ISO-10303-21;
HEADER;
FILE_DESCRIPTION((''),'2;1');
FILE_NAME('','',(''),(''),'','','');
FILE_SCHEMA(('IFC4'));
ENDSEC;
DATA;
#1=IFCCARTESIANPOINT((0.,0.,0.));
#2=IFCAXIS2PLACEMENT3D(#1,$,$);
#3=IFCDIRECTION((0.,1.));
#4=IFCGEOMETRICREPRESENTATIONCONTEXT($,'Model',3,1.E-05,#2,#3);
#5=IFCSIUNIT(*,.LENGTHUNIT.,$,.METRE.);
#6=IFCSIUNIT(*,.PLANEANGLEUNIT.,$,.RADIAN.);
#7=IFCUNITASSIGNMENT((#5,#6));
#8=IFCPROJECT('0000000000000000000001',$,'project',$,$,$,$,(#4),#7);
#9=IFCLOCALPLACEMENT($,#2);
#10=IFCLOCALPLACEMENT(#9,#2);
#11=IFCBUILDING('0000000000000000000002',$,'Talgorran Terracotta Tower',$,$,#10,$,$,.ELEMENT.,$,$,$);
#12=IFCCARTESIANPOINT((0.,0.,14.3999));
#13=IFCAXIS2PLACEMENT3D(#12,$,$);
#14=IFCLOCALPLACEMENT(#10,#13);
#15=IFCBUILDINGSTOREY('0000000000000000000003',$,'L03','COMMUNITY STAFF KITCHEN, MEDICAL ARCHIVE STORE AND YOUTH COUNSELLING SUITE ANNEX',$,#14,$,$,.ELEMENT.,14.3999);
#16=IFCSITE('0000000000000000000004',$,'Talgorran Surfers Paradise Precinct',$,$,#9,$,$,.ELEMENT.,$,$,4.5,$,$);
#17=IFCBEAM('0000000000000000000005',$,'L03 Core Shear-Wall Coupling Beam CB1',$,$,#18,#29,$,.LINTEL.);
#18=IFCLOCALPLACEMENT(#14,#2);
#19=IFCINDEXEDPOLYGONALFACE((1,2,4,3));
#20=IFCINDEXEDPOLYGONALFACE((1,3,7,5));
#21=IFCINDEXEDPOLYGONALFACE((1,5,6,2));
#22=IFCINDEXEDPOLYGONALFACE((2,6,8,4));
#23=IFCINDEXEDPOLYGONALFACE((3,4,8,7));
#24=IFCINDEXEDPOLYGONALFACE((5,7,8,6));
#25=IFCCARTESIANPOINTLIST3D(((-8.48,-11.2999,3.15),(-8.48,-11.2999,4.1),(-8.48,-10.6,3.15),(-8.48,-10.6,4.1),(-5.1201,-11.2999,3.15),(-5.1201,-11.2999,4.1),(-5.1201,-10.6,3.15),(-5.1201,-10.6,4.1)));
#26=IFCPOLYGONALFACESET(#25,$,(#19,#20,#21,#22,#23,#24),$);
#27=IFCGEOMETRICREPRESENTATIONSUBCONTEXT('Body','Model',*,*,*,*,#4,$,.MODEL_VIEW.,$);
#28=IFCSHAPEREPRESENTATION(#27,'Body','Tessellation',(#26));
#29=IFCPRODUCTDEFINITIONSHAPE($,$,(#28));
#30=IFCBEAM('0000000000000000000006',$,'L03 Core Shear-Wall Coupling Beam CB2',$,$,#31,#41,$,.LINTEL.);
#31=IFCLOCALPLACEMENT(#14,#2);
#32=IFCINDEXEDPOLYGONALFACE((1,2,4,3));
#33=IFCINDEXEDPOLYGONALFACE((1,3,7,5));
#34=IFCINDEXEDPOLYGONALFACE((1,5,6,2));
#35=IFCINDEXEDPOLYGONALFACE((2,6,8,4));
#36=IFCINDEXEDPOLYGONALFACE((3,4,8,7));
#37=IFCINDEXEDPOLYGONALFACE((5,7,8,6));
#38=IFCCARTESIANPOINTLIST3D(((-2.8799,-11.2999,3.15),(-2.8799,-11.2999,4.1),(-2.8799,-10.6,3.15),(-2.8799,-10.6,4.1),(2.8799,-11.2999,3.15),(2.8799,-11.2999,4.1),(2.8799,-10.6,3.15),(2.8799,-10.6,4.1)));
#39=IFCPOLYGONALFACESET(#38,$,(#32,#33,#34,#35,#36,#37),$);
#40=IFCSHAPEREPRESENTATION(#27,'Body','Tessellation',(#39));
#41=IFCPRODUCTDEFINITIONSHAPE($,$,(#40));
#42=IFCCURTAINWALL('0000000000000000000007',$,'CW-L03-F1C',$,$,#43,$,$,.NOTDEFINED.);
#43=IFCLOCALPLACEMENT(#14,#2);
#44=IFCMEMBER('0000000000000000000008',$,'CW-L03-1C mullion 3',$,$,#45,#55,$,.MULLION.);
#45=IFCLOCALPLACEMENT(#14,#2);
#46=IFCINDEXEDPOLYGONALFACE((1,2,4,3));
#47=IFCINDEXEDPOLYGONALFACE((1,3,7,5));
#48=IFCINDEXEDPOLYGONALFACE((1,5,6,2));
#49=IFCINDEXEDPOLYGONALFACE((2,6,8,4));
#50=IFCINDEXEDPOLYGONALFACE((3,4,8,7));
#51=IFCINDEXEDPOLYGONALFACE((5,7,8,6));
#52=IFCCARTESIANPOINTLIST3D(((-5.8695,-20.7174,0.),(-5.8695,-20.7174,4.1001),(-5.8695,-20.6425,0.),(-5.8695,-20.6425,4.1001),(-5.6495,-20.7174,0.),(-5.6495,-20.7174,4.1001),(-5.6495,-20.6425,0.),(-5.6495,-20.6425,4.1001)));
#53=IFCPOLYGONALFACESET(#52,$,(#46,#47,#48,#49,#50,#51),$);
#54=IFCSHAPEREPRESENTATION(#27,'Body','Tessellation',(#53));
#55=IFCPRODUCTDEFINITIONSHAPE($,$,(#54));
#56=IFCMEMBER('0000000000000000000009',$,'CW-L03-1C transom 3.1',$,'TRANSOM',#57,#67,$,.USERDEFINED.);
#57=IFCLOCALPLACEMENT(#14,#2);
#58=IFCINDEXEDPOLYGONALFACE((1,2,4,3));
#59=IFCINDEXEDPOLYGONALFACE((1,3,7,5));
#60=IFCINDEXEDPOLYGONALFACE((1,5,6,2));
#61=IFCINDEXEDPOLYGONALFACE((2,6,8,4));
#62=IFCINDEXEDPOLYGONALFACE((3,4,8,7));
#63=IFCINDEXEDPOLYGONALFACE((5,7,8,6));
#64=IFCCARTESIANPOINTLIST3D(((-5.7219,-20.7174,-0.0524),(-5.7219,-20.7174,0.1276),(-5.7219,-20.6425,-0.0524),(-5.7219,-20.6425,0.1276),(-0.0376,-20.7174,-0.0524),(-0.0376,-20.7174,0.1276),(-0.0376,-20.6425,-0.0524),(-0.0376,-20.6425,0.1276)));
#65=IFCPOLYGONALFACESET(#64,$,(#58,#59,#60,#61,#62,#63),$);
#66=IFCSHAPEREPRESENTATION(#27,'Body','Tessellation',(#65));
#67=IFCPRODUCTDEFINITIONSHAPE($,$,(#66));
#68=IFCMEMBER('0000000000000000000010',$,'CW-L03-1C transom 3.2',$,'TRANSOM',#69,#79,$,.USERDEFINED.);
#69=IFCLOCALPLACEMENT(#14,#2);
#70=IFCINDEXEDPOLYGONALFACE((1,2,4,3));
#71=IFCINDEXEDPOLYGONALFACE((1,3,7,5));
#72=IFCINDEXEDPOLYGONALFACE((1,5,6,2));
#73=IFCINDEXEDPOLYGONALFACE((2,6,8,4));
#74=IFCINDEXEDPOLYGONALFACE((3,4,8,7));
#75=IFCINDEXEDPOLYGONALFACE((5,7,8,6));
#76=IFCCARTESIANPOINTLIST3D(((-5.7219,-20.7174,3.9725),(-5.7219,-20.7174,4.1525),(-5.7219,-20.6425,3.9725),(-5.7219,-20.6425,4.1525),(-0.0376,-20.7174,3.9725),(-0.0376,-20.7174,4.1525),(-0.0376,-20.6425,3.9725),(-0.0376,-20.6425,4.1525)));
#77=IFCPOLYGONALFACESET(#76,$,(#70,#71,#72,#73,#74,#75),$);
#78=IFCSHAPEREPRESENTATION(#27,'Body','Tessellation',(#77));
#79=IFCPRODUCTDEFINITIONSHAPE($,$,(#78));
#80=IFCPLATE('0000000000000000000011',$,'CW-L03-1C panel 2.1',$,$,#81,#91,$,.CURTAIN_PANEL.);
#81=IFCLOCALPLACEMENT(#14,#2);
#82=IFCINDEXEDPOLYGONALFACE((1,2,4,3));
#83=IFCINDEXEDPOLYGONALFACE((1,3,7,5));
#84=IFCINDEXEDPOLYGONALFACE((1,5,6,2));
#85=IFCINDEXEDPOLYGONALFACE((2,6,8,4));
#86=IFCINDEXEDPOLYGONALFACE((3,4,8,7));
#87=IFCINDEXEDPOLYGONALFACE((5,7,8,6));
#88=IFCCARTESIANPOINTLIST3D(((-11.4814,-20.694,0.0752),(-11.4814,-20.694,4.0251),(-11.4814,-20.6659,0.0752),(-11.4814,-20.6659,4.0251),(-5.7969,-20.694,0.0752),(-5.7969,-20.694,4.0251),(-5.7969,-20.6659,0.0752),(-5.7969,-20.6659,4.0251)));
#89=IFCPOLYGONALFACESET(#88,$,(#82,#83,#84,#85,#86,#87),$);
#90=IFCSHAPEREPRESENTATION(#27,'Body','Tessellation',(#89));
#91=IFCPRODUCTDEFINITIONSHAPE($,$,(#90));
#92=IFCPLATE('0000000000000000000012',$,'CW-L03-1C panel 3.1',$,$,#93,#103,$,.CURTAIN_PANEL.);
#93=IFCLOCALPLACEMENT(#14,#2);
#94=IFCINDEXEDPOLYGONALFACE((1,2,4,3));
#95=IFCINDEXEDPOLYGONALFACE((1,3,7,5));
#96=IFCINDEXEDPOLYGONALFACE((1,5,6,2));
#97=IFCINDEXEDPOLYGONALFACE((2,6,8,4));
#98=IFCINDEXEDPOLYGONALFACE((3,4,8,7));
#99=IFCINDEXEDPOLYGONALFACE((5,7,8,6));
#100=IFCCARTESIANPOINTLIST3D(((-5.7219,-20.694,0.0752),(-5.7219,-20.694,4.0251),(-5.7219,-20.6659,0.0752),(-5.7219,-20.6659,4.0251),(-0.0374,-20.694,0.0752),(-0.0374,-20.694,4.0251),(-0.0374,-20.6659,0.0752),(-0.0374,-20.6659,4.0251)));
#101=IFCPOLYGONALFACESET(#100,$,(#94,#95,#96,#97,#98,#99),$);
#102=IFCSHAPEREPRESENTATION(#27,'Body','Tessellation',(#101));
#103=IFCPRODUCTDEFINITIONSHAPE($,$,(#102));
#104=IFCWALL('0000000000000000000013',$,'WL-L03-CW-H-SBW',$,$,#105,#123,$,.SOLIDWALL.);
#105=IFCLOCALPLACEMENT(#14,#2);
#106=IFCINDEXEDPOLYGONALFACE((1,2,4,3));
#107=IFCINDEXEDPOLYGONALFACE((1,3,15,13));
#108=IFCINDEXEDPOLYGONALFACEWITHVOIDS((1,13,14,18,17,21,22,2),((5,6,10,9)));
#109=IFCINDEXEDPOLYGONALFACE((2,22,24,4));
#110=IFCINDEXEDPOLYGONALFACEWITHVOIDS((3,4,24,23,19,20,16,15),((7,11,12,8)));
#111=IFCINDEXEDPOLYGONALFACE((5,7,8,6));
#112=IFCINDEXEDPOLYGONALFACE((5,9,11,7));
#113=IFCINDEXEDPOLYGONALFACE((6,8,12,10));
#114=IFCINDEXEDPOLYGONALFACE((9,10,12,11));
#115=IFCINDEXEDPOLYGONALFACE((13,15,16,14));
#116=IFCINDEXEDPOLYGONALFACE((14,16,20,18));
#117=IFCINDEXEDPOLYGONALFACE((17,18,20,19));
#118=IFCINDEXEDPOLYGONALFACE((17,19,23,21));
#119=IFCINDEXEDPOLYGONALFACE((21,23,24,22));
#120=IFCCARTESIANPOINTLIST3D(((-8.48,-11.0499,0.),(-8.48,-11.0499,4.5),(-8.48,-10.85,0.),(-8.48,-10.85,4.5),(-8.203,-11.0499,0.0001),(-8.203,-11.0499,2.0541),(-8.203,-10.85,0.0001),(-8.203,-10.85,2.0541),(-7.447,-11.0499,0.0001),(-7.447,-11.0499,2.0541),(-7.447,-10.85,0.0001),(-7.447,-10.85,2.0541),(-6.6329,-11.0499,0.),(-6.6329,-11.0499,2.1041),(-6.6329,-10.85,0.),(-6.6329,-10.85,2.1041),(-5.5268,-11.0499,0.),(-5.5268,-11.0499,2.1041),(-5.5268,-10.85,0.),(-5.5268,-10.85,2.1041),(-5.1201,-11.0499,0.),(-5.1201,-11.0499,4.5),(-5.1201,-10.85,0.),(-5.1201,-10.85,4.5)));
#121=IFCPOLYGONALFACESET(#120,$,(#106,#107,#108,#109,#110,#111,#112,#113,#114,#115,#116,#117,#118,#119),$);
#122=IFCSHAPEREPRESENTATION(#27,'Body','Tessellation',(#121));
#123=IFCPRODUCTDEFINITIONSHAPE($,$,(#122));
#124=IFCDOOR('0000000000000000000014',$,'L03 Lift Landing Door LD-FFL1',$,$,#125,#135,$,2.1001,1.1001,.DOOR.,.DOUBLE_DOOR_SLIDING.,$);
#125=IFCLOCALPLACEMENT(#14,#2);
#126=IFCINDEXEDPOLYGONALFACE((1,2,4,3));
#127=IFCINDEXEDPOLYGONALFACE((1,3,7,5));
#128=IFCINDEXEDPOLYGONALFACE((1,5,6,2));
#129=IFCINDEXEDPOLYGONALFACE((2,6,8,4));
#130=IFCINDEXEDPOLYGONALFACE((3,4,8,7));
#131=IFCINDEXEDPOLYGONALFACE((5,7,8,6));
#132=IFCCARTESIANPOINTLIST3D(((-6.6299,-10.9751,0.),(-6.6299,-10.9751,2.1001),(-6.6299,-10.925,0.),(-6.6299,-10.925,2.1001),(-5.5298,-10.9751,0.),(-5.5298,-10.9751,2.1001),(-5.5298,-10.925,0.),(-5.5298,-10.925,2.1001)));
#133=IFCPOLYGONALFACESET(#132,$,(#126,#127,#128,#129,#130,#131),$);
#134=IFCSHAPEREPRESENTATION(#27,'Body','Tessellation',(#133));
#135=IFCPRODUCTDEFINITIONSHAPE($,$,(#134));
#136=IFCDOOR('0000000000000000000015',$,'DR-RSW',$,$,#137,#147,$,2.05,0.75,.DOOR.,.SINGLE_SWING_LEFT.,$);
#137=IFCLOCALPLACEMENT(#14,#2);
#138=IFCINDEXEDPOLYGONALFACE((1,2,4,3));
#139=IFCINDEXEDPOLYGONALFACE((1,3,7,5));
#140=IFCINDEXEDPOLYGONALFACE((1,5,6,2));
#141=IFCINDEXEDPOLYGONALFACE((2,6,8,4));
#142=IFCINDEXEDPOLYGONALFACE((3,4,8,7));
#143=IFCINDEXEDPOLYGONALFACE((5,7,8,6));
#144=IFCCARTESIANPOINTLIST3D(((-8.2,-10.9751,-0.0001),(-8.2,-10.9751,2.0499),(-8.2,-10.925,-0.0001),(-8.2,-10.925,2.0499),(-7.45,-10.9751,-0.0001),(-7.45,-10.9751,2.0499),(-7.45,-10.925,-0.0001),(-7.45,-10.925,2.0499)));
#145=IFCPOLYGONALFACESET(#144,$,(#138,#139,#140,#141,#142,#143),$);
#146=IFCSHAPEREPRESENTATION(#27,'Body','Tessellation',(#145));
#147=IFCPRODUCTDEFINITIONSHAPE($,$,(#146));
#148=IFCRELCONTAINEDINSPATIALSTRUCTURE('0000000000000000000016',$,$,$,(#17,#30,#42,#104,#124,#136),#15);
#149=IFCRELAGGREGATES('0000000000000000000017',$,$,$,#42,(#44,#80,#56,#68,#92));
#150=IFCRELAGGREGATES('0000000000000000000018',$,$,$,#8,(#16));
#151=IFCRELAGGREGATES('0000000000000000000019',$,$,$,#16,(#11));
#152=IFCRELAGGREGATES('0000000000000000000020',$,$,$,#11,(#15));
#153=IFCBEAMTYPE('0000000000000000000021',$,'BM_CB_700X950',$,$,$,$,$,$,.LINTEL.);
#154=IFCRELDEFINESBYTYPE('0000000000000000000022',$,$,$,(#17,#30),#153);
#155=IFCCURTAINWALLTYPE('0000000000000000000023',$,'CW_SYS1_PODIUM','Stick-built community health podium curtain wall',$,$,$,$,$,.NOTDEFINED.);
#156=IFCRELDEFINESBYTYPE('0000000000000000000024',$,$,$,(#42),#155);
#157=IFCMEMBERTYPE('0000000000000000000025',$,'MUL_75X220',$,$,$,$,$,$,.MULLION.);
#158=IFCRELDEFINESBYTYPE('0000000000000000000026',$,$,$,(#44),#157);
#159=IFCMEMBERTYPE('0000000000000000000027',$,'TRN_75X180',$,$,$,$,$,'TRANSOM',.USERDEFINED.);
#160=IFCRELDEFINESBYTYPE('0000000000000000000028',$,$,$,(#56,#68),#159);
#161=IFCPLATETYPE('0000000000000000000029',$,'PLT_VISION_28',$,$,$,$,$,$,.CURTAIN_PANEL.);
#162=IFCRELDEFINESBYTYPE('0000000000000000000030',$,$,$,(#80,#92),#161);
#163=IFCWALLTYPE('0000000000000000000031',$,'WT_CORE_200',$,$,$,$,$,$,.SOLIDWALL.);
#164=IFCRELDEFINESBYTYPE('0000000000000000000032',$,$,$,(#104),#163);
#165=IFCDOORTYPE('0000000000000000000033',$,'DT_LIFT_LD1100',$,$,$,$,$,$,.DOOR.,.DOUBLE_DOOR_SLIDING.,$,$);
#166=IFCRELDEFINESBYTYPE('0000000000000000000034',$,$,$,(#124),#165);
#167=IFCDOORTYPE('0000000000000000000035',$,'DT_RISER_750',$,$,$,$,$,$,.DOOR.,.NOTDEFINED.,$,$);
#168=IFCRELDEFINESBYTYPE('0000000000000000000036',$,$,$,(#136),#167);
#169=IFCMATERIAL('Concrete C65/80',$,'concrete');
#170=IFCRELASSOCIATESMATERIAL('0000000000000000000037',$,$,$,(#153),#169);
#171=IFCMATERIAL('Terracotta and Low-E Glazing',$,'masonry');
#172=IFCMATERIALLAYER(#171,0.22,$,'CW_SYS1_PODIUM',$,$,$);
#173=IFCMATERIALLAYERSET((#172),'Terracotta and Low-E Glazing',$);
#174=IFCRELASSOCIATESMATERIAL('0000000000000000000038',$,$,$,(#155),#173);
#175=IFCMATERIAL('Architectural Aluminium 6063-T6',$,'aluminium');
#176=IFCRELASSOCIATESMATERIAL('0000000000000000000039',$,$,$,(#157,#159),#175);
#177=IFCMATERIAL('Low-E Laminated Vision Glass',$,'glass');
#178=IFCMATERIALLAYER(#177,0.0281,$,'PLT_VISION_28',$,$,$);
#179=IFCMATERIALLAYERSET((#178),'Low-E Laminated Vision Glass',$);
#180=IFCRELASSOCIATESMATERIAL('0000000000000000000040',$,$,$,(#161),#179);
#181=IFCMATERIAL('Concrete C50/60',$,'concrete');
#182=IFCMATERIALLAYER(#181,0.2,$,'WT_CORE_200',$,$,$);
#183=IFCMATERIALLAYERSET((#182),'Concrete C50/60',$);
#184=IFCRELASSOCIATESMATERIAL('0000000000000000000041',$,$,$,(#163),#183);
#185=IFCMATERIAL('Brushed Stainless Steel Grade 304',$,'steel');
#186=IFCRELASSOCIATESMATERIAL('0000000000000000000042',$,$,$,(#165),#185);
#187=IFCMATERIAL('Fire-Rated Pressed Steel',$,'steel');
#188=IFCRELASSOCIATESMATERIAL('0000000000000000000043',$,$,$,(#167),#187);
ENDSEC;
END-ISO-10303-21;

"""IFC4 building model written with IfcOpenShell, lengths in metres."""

from ifc_helpers import new_model, si_unit, direction, frame, frame_2d, origin, origin_2d, place, context, subcontext, project, spatial, rectangle, extrude, source, transform, mapped, material, layer, layer_set, material_profile, profile_set, type_object, type_shapes, element, fill, aggregate, save


model = new_model("IFC4")

# Units and contexts
model_context = context("Model", 3, precision=1e-05, world=origin(), true_north=direction((0.0, 1.0)))
body_context = subcontext(model_context, "Body", "Model", "MODEL_VIEW")
ifc_project = project(units=[si_unit("LENGTHUNIT", "METRE"), si_unit("PLANEANGLEUNIT", "RADIAN")], contexts=[model_context])

# Site, building, storey
site_placement = place(None, origin())
site = spatial("IfcSite", under=ifc_project, at=site_placement, Name="Talgorran Surfers Paradise Precinct", CompositionType="ELEMENT", RefElevation=4.5)
building_placement = place(site_placement, origin())
building = spatial("IfcBuilding", under=site, at=building_placement, Name="Talgorran Terracotta Tower", CompositionType="ELEMENT")
storey_placement = place(building_placement, frame((0.0, 0.0, 14.3999)))
storey = spatial("IfcBuildingStorey", under=building, at=storey_placement, Name="L03", Description="COMMUNITY STAFF KITCHEN, MEDICAL ARCHIVE STORE AND YOUTH COUNSELLING SUITE ANNEX", CompositionType="ELEMENT", Elevation=14.3999)

# Beams
ifc_material_1 = material(Name="Concrete C65/80", Category="concrete")
ifc_material_profile_1 = material_profile(ifc_material_1, rectangle(XDim=0.7, YDim=0.95, at=origin_2d()), Name="RCCB700X950")
ifc_profile_set_1 = profile_set([ifc_material_profile_1], Name="Concrete C65/80")
beam_type = type_object("IfcBeamType", Name="BM_CB_700X950", PredefinedType="LINTEL", material=ifc_profile_set_1)
beam_1_placement = place(storey_placement, frame((-8.48, -10.95, 3.625), z_axis=(1.0, 0.0, 0.0), x_axis=(0.0, 1.0, 0.0)))
element("IfcBeam", 1, at=beam_1_placement, inside=storey, type_object=beam_type, Name="L03 Core Shear-Wall Coupling Beam CB1", PredefinedType="LINTEL", context=body_context, shape_type="SweptSolid", body=[
    extrude(rectangle(XDim=0.7, YDim=0.95, at=origin_2d()), origin(), (0.0, 0.0, 1.0), 3.3599),
])
beam_2_placement = place(storey_placement, frame((-2.8799, -10.95, 3.625), z_axis=(1.0, 0.0, 0.0), x_axis=(0.0, 1.0, 0.0)))
element("IfcBeam", 2, at=beam_2_placement, inside=storey, type_object=beam_type, Name="L03 Core Shear-Wall Coupling Beam CB2", PredefinedType="LINTEL", context=body_context, shape_type="SweptSolid", body=[
    extrude(rectangle(XDim=0.7, YDim=0.95, at=origin_2d()), origin(), (0.0, 0.0, 1.0), 5.7598),
])

# Curtain wall, members, plates
ifc_material_2 = material(Name="Terracotta and Low-E Glazing", Category="masonry")
ifc_layer_1 = layer(ifc_material_2, 0.22, Name="CW_SYS1_PODIUM")
ifc_layer_set_1 = layer_set([ifc_layer_1], Name="Terracotta and Low-E Glazing")
curtain_wall_type = type_object("IfcCurtainWallType", Name="CW_SYS1_PODIUM", Description="Stick-built community health podium curtain wall", PredefinedType="NOTDEFINED", material=ifc_layer_set_1)
curtain_wall_placement = place(storey_placement, origin())
curtain_wall = element("IfcCurtainWall", 3, at=curtain_wall_placement, inside=storey, type_object=curtain_wall_type, Name="CW-L03-F1C", PredefinedType="NOTDEFINED")
ifc_material_3 = material(Name="Architectural Aluminium 6063-T6", Category="aluminium")
ifc_material_profile_2 = material_profile(ifc_material_3, rectangle(XDim=0.075, YDim=0.22, at=origin_2d()), Name="CWM75X220")
ifc_profile_set_2 = profile_set([ifc_material_profile_2], Name="Architectural Aluminium 6063-T6")
member_type_1 = type_object("IfcMemberType", Name="MUL_75X220", PredefinedType="MULLION", material=ifc_profile_set_2)
member_1_placement = place(storey_placement, frame((-5.7595, -20.6799, 0.0), z_axis=(0.0, 0.0, 1.0), x_axis=(0.0, 1.0, 0.0)))
member_1 = element("IfcMember", 4, at=member_1_placement, type_object=member_type_1, Name="CW-L03-1C mullion 3", PredefinedType="MULLION", context=body_context, shape_type="SweptSolid", body=[
    extrude(rectangle(XDim=0.075, YDim=0.22, at=origin_2d()), origin(), (0.0, 0.0, 1.0), 4.1001),
])
ifc_material_profile_3 = material_profile(ifc_material_3, rectangle(XDim=0.075, YDim=0.1799, at=origin_2d()), Name="CWT75X180")
ifc_profile_set_3 = profile_set([ifc_material_profile_3], Name="Architectural Aluminium 6063-T6")
member_type_2 = type_object("IfcMemberType", Name="TRN_75X180", ElementType="TRANSOM", PredefinedType="USERDEFINED", material=ifc_profile_set_3)
member_2_placement = place(storey_placement, frame((-5.7219, -20.6799, 0.0376), z_axis=(1.0, 0.0, 0.0), x_axis=(0.0, 1.0, 0.0)))
member_2 = element("IfcMember", 5, at=member_2_placement, type_object=member_type_2, Name="CW-L03-1C transom 3.1", ObjectType="TRANSOM", PredefinedType="USERDEFINED", context=body_context, shape_type="SweptSolid", body=[
    extrude(rectangle(XDim=0.075, YDim=0.1799, at=origin_2d()), origin(), (0.0, 0.0, 1.0), 5.6843),
])
member_3_placement = place(storey_placement, frame((-5.7219, -20.6799, 4.0625), z_axis=(1.0, 0.0, 0.0), x_axis=(0.0, 1.0, 0.0)))
member_3 = element("IfcMember", 6, at=member_3_placement, type_object=member_type_2, Name="CW-L03-1C transom 3.2", ObjectType="TRANSOM", PredefinedType="USERDEFINED", context=body_context, shape_type="SweptSolid", body=[
    extrude(rectangle(XDim=0.075, YDim=0.1799, at=origin_2d()), origin(), (0.0, 0.0, 1.0), 5.6843),
])
ifc_material_4 = material(Name="Low-E Laminated Vision Glass", Category="glass")
ifc_layer_2 = layer(ifc_material_4, 0.0281, Name="PLT_VISION_28")
ifc_layer_set_2 = layer_set([ifc_layer_2], Name="Low-E Laminated Vision Glass")
plate_type = type_object("IfcPlateType", Name="PLT_VISION_28", PredefinedType="CURTAIN_PANEL", material=ifc_layer_set_2)
shared_shape = source(origin(), body_context, "Body", "SweptSolid", [
    extrude(rectangle(XDim=5.6846, YDim=0.0281, at=origin_2d()), origin(), (0.0, 0.0, 1.0), 3.95),
])
type_shapes(plate_type, [shared_shape])
plate_1_placement = place(storey_placement, frame((-8.6392, -20.6799, 0.0752), z_axis=(0.0, 0.0, 1.0), x_axis=(1.0, 0.0, 0.0)))
plate_1 = element("IfcPlate", 7, at=plate_1_placement, type_object=plate_type, Name="CW-L03-1C panel 2.1", PredefinedType="CURTAIN_PANEL", context=body_context, shape_type="MappedRepresentation", body=[
    mapped(shared_shape, transform((0.0, 0.0, 0.0), scale=1.0)),
])
plate_2_placement = place(storey_placement, frame((-2.8796, -20.6799, 0.0752), z_axis=(0.0, 0.0, 1.0), x_axis=(1.0, 0.0, 0.0)))
plate_2 = element("IfcPlate", 8, at=plate_2_placement, type_object=plate_type, Name="CW-L03-1C panel 3.1", PredefinedType="CURTAIN_PANEL", context=body_context, shape_type="MappedRepresentation", body=[
    mapped(shared_shape, transform((0.0, 0.0, 0.0), scale=1.0)),
])
aggregate(curtain_wall, [member_1, plate_1, member_2, member_3, plate_2])

# Wall, openings, doors
ifc_material_5 = material(Name="Concrete C50/60", Category="concrete")
ifc_layer_3 = layer(ifc_material_5, 0.2, Name="WT_CORE_200")
ifc_layer_set_3 = layer_set([ifc_layer_3], Name="Concrete C50/60")
wall_type_1 = type_object("IfcWallType", Name="WT_CORE_200", PredefinedType="SOLIDWALL", material=ifc_layer_set_3)
wall_1_placement = place(storey_placement, frame((-8.48, -10.95, 0.0), z_axis=(0.0, 0.0, 1.0), x_axis=(1.0, 0.0, 0.0)))
wall_1 = element("IfcWall", 9, at=wall_1_placement, inside=storey, type_object=wall_type_1, Name="WL-L03-CW-H-SBW", PredefinedType="SOLIDWALL", context=body_context, shape_type="SweptSolid", body=[
    extrude(rectangle(XDim=3.3599, YDim=0.2, at=frame_2d((1.6799, 0.0))), origin(), (0.0, 0.0, 1.0), 4.5),
])
opening_1_placement = place(wall_1_placement, frame((0.28, 0.0, 0.0)))
opening_1 = element("IfcOpeningElement", 10, at=opening_1_placement, cuts=wall_1, PredefinedType="OPENING", context=body_context, shape_type="SweptSolid", body=[
    extrude(rectangle(XDim=0.756, YDim=2.054, at=frame_2d((0.375, 1.0271))), frame((0.0, 0.1099, 0.0), z_axis=(0.0, -1.0, 0.0), x_axis=(1.0, 0.0, 0.0)), (0.0, 0.0, 1.0), 0.22),
])
opening_2_placement = place(wall_1_placement, frame((1.8501, 0.0, 0.0)))
opening_2 = element("IfcOpeningElement", 11, at=opening_2_placement, cuts=wall_1, PredefinedType="OPENING", context=body_context, shape_type="SweptSolid", body=[
    extrude(rectangle(XDim=1.1061, YDim=2.1041, at=frame_2d((0.55, 1.052))), frame((0.0, 0.1099, 0.0), z_axis=(0.0, -1.0, 0.0), x_axis=(1.0, 0.0, 0.0)), (0.0, 0.0, 1.0), 0.22),
])
ifc_material_6 = material(Name="Brushed Stainless Steel Grade 304", Category="steel")
door_type_1 = type_object("IfcDoorType", Name="DT_LIFT_LD1100", OperationType="DOUBLE_DOOR_SLIDING", PredefinedType="DOOR", material=ifc_material_6)
door_1_placement = place(opening_2_placement, origin())
door_1 = element("IfcDoor", 12, at=door_1_placement, inside=storey, type_object=door_type_1, Name="L03 Lift Landing Door LD-FFL1", OperationType="DOUBLE_DOOR_SLIDING", OverallHeight=2.1001, OverallWidth=1.1001, PredefinedType="DOOR", context=body_context, shape_type="SweptSolid", body=[
    extrude(rectangle(XDim=1.1001, YDim=2.1001, at=frame_2d((0.55, 1.05))), frame((0.0, 0.0249, 0.0), z_axis=(0.0, -1.0, 0.0), x_axis=(1.0, 0.0, 0.0)), (0.0, 0.0, 1.0), 0.05),
])
fill(opening_2, door_1)
ifc_material_7 = material(Name="Fire-Rated Pressed Steel", Category="steel")
door_type_2 = type_object("IfcDoorType", Name="DT_RISER_750", OperationType="NOTDEFINED", PredefinedType="DOOR", material=ifc_material_7)
door_2_placement = place(opening_1_placement, origin())
door_2 = element("IfcDoor", 13, at=door_2_placement, inside=storey, type_object=door_type_2, Name="DR-RSW", OperationType="SINGLE_SWING_LEFT", OverallHeight=2.05, OverallWidth=0.75, PredefinedType="DOOR", context=body_context, shape_type="SweptSolid", body=[
    extrude(rectangle(XDim=0.75, YDim=2.05, at=frame_2d((0.375, 1.0249))), frame((0.0, 0.0249, 0.0), z_axis=(0.0, -1.0, 0.0), x_axis=(1.0, 0.0, 0.0)), (0.0, 0.0, 1.0), 0.05),
])
fill(opening_1, door_2)

save(model, "model.ifc")
